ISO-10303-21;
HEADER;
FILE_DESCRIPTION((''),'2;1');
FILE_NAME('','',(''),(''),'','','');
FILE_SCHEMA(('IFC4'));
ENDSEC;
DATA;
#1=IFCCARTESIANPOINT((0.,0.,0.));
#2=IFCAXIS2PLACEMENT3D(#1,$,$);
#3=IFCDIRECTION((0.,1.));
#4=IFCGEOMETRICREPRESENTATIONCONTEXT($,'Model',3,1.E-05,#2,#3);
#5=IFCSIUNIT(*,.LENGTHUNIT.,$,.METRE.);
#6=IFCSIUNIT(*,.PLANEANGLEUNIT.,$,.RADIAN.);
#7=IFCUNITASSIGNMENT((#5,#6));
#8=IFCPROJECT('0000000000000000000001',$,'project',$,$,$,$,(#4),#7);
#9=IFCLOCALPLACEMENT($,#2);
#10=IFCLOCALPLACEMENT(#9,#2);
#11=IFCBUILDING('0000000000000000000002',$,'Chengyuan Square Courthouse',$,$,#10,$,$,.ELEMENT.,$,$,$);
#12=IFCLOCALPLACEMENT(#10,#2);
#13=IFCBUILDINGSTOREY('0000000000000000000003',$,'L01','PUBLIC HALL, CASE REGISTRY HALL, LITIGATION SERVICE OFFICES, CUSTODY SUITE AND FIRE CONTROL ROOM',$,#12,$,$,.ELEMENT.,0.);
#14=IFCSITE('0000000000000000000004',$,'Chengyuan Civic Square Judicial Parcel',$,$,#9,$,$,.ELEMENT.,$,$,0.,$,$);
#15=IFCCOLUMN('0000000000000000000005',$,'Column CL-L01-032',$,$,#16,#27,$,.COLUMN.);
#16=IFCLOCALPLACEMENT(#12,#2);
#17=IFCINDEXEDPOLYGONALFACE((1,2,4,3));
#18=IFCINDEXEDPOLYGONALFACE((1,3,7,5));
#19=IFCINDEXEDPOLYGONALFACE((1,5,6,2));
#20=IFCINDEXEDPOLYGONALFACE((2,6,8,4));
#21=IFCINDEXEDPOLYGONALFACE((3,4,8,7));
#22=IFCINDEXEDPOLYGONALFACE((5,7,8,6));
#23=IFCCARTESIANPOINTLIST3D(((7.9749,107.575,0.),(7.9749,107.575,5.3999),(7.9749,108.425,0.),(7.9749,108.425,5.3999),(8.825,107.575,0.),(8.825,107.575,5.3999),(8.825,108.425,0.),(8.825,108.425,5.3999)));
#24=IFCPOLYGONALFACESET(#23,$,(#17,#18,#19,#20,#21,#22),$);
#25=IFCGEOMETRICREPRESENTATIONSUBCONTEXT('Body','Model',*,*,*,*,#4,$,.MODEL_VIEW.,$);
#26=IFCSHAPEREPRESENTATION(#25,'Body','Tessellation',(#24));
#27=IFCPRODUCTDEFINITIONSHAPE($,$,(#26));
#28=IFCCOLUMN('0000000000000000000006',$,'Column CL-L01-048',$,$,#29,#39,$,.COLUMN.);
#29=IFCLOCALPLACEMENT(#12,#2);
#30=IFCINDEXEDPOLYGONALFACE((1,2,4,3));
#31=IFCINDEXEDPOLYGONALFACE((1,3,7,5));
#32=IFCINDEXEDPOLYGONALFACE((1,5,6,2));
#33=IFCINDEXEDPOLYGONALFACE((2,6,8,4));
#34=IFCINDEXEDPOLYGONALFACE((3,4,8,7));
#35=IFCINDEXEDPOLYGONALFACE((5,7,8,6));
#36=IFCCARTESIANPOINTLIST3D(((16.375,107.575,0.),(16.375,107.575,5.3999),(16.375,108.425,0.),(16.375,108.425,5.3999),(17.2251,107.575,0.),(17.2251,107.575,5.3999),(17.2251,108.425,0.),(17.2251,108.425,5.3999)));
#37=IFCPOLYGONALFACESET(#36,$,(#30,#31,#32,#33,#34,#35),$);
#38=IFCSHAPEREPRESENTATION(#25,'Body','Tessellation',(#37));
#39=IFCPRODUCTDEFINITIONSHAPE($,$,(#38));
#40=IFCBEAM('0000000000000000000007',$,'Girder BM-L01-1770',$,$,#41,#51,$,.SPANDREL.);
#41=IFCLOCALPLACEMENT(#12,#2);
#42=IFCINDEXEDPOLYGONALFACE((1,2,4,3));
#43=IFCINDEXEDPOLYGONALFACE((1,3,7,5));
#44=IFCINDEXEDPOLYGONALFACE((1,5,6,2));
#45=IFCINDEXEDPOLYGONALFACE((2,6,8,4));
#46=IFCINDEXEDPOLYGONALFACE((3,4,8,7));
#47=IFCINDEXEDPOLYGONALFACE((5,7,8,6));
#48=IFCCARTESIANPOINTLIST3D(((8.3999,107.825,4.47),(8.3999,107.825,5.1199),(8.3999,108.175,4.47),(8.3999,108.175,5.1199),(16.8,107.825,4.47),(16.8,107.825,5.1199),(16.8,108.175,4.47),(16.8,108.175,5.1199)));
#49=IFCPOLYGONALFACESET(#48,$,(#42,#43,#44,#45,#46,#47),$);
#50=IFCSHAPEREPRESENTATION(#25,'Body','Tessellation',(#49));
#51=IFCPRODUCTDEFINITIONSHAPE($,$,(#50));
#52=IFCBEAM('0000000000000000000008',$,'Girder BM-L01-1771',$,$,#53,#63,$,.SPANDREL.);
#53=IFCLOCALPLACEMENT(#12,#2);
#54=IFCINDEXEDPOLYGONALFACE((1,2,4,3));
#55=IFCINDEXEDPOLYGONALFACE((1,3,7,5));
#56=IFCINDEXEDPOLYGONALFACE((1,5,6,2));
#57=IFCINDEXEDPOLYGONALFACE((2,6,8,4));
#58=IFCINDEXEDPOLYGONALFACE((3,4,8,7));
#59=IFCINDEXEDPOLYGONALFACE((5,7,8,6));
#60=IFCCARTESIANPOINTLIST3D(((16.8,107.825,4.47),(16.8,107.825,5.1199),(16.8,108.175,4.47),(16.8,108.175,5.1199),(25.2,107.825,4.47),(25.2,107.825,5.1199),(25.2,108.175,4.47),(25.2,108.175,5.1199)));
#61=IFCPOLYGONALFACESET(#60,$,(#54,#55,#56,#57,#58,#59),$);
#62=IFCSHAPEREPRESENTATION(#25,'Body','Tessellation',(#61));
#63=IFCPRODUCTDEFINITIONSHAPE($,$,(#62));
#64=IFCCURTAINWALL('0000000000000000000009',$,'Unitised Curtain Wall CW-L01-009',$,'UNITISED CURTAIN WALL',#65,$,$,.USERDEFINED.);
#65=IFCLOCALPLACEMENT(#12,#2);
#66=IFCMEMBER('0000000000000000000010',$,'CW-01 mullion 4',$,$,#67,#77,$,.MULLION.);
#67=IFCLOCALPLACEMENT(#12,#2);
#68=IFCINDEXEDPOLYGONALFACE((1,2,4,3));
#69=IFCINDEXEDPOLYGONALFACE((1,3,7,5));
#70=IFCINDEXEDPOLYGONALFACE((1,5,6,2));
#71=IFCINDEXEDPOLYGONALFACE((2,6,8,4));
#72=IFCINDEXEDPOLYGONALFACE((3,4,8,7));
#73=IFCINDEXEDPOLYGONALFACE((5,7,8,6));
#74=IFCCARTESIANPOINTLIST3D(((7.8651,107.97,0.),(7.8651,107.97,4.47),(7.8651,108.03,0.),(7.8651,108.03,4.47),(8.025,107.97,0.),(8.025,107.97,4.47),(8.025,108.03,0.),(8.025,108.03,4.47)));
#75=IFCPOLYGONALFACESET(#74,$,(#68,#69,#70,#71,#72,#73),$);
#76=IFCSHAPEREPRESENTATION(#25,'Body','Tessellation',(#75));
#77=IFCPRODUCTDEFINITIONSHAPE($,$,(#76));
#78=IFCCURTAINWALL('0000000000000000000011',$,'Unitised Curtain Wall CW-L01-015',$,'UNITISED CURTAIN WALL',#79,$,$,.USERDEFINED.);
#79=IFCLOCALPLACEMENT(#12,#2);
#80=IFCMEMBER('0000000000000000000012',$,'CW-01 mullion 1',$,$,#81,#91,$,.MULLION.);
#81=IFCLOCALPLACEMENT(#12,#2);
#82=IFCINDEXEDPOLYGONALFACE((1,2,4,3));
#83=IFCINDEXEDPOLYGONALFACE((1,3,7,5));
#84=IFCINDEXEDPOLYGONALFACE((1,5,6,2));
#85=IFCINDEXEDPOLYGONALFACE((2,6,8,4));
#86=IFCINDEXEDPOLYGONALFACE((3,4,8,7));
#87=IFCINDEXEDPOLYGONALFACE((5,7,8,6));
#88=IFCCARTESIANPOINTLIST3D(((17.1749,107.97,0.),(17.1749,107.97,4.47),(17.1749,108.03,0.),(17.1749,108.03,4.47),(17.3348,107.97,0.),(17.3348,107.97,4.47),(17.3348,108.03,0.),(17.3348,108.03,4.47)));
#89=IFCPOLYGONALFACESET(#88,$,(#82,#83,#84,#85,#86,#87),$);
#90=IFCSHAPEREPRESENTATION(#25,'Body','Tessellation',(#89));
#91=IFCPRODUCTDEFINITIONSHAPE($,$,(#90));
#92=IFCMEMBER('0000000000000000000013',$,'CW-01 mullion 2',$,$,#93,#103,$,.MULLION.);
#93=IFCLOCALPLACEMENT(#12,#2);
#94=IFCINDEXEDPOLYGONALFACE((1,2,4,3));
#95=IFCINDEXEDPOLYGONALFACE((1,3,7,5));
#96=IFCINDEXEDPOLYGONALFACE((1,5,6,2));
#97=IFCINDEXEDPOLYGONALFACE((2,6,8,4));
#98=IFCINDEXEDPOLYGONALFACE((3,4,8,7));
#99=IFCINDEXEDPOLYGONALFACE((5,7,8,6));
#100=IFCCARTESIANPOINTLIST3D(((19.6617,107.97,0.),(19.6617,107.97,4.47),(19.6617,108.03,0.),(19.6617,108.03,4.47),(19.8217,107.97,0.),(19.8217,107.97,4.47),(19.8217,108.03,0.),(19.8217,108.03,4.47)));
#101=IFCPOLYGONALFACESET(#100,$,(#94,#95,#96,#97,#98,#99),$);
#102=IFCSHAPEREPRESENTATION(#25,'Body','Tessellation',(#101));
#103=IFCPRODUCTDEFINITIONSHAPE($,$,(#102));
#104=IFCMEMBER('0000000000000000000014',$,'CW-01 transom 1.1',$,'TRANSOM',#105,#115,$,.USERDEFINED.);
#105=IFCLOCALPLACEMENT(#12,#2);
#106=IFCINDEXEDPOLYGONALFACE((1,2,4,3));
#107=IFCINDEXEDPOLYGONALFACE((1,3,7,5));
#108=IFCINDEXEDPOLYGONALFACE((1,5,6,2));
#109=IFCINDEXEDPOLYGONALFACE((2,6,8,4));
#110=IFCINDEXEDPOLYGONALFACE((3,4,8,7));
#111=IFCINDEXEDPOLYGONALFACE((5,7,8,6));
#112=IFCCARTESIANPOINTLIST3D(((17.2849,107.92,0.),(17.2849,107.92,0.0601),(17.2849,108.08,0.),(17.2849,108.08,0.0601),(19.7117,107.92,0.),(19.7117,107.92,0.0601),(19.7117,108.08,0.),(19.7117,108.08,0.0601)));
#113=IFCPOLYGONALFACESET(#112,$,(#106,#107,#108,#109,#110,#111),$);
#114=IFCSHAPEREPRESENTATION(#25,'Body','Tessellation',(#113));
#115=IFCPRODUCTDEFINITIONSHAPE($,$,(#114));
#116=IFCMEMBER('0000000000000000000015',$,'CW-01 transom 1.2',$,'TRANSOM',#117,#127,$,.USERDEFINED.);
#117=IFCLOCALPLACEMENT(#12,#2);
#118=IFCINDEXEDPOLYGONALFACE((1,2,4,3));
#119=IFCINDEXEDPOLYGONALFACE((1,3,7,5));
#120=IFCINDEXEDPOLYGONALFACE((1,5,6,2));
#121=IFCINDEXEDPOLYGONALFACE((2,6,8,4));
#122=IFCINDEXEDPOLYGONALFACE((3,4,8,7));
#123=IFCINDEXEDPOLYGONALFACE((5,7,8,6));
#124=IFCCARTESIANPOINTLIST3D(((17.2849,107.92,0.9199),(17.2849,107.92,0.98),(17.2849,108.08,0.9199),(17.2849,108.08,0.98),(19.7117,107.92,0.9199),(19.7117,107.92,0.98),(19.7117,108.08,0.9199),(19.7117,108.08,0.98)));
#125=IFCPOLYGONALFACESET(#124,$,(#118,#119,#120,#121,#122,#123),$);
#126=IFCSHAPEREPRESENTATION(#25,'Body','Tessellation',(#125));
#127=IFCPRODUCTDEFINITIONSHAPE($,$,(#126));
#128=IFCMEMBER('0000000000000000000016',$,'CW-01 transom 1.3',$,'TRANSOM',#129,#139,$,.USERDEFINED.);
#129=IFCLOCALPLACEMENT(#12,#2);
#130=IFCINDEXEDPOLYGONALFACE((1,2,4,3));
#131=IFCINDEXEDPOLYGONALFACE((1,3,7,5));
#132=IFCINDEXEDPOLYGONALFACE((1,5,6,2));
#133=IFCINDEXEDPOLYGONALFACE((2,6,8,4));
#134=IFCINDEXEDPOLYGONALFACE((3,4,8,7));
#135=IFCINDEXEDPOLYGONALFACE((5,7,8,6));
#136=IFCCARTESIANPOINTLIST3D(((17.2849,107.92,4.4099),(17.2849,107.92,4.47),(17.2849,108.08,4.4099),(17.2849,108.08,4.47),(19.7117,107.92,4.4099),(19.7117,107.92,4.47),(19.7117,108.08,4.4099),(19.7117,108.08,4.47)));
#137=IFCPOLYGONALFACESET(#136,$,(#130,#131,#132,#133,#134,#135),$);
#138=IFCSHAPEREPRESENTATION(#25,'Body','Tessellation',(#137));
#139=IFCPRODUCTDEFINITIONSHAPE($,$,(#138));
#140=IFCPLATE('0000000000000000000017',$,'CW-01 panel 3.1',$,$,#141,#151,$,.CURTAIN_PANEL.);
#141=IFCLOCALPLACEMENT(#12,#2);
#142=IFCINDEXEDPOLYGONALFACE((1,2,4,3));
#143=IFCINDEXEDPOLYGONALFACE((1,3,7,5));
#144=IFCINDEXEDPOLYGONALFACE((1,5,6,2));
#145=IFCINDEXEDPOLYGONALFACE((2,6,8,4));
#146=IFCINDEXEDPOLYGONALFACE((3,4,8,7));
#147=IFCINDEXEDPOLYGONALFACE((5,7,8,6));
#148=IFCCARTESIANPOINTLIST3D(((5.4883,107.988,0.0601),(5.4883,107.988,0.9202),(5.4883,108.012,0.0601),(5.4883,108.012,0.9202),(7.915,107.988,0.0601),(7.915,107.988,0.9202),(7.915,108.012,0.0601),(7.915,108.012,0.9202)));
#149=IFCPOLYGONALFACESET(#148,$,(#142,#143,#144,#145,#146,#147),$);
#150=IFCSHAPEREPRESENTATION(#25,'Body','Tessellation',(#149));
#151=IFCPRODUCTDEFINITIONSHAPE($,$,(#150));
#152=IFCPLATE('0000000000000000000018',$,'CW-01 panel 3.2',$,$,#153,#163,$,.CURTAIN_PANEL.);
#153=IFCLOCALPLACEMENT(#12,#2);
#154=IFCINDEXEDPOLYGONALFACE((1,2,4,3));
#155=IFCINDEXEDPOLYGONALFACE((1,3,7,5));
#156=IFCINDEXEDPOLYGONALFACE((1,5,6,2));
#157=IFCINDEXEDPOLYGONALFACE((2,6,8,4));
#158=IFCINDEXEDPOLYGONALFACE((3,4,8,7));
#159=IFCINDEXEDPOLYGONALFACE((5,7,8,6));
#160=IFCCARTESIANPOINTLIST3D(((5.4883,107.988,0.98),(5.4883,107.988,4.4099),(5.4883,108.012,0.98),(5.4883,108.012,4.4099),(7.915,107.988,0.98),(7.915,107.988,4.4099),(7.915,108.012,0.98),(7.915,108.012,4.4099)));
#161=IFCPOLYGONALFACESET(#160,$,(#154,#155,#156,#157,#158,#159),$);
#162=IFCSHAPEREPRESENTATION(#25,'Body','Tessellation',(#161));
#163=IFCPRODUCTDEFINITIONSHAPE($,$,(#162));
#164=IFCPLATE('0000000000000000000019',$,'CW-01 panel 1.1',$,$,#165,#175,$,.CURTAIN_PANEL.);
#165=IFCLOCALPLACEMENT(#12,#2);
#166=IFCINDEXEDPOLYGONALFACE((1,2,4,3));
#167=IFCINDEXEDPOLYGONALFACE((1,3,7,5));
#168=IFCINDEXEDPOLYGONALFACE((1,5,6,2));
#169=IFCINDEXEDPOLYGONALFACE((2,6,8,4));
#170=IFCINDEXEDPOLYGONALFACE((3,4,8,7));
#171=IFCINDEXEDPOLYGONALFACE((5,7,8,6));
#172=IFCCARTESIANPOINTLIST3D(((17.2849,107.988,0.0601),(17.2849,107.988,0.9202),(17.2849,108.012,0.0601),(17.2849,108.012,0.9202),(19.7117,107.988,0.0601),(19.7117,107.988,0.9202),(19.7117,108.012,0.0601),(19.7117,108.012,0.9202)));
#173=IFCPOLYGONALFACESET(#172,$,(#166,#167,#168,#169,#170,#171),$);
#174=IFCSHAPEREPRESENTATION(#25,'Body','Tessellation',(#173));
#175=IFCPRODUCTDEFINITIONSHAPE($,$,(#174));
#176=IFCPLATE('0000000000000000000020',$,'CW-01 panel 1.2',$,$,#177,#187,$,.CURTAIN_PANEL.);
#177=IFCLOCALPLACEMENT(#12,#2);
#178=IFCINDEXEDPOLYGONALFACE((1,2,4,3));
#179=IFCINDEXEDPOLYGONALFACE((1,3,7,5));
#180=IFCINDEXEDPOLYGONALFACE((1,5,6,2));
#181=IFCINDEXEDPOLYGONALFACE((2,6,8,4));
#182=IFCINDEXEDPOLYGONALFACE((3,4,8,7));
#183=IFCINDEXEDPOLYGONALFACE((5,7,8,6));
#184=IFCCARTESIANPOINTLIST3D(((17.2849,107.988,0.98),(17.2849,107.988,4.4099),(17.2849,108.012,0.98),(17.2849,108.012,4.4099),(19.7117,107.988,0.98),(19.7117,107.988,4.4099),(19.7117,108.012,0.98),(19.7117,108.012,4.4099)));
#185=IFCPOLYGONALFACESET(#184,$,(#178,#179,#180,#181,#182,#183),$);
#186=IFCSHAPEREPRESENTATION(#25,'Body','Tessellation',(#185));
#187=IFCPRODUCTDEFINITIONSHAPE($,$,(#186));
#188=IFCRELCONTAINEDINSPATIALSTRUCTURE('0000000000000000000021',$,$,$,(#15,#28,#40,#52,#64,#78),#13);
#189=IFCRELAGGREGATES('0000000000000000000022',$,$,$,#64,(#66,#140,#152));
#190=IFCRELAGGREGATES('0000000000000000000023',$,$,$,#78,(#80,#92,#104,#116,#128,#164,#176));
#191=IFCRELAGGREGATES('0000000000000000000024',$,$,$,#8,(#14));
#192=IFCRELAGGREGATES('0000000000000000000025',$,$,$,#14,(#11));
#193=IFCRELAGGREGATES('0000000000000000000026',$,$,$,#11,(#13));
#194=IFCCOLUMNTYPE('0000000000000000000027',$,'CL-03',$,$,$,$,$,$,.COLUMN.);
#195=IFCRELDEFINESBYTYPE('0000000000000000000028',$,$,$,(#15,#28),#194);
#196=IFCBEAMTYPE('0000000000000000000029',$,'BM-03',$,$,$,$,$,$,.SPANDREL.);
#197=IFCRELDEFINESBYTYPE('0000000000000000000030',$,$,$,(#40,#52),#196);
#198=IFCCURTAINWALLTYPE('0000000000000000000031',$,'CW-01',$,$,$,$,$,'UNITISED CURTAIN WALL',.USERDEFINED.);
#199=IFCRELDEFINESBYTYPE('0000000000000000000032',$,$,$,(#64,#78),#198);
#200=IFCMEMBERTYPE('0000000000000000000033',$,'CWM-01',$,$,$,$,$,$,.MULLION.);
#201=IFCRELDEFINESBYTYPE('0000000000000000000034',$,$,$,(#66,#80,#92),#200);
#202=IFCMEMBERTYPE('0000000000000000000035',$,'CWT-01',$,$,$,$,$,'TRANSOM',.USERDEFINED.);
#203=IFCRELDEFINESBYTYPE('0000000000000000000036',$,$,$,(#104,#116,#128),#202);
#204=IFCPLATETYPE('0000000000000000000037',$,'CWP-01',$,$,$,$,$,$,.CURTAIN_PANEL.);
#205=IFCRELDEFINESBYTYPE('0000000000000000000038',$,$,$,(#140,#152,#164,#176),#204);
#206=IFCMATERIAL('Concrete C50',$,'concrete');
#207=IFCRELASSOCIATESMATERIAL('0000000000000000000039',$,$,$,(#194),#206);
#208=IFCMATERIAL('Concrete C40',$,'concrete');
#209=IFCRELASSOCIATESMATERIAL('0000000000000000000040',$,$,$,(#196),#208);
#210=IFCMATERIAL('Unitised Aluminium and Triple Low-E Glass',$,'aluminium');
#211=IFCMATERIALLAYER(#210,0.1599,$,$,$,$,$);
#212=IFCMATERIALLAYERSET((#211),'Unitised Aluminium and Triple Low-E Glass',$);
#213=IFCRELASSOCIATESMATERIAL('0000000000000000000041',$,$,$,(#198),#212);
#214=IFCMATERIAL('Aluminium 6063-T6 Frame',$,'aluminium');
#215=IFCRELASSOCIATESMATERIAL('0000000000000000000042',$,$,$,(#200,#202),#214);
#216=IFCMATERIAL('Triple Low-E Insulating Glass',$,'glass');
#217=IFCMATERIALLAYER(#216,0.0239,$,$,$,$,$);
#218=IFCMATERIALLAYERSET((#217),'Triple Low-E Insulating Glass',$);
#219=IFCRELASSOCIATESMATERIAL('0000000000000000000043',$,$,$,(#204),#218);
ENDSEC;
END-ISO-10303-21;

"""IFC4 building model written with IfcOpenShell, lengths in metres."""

from ifc_helpers import new_model, si_unit, direction, frame, origin, origin_2d, place, context, subcontext, project, spatial, rectangle, extrude, material, layer, layer_set, material_profile, profile_set, type_object, element, aggregate, save


model = new_model("IFC4")

# Units and contexts
model_context = context("Model", 3, precision=1e-05, world=origin(), true_north=direction((0.0, 1.0)))
body_context = subcontext(model_context, "Body", "Model", "MODEL_VIEW")
ifc_project = project(units=[si_unit("LENGTHUNIT", "METRE"), si_unit("PLANEANGLEUNIT", "RADIAN")], contexts=[model_context])

# Site, building, storey
site_placement = place(None, origin())
site = spatial("IfcSite", under=ifc_project, at=site_placement, Name="Chengyuan Civic Square Judicial Parcel", CompositionType="ELEMENT", RefElevation=0.0)
building_placement = place(site_placement, origin())
building = spatial("IfcBuilding", under=site, at=building_placement, Name="Chengyuan Square Courthouse", CompositionType="ELEMENT")
storey_placement = place(building_placement, origin())
storey = spatial("IfcBuildingStorey", under=building, at=storey_placement, Name="L01", Description="PUBLIC HALL, CASE REGISTRY HALL, LITIGATION SERVICE OFFICES, CUSTODY SUITE AND FIRE CONTROL ROOM", CompositionType="ELEMENT", Elevation=0.0)

# Columns
ifc_material_1 = material(Name="Concrete C50", Category="concrete")
ifc_material_profile_1 = material_profile(ifc_material_1, rectangle(XDim=0.8501, YDim=0.8501, at=origin_2d()), Name="RC-COL-850x850")
ifc_profile_set_1 = profile_set([ifc_material_profile_1], Name="Concrete C50")
column_type = type_object("IfcColumnType", Name="CL-03", PredefinedType="COLUMN", material=ifc_profile_set_1)
for number, where, z_axis, x_axis, name in (
    (1, (8.3999, 108.0, 0.0), (0.0, 0.0, 1.0), (1.0, 0.0, 0.0), "Column CL-L01-032"),
    (2, (16.8, 108.0, 0.0), (0.0, 0.0, 1.0), (1.0, 0.0, 0.0), "Column CL-L01-048"),
):
    element("IfcColumn", number, at=place(storey_placement, frame(where, z_axis=z_axis, x_axis=x_axis)), inside=storey, type_object=column_type, Name=name, PredefinedType="COLUMN", context=body_context, shape_type="SweptSolid", body=[
        extrude(rectangle(XDim=0.8501, YDim=0.8501, at=origin_2d()), origin(), (0.0, 0.0, 1.0), 5.3999),
    ])

# Beams
ifc_material_2 = material(Name="Concrete C40", Category="concrete")
ifc_material_profile_2 = material_profile(ifc_material_2, rectangle(XDim=0.3501, YDim=0.6499, at=origin_2d()), Name="RC-BM-350x650")
ifc_profile_set_2 = profile_set([ifc_material_profile_2], Name="Concrete C40")
beam_type = type_object("IfcBeamType", Name="BM-03", PredefinedType="SPANDREL", material=ifc_profile_set_2)
beam_1_placement = place(storey_placement, frame((8.3999, 108.0, 4.7949), z_axis=(1.0, 0.0, 0.0), x_axis=(0.0, 1.0, 0.0)))
element("IfcBeam", 3, at=beam_1_placement, inside=storey, type_object=beam_type, Name="Girder BM-L01-1770", PredefinedType="SPANDREL", context=body_context, shape_type="SweptSolid", body=[
    extrude(rectangle(XDim=0.3501, YDim=0.6499, at=origin_2d()), origin(), (0.0, 0.0, 1.0), 8.4001),
])
beam_2_placement = place(storey_placement, frame((16.8, 108.0, 4.7949), z_axis=(1.0, 0.0, 0.0), x_axis=(0.0, 1.0, 0.0)))
element("IfcBeam", 4, at=beam_2_placement, inside=storey, type_object=beam_type, Name="Girder BM-L01-1771", PredefinedType="SPANDREL", context=body_context, shape_type="SweptSolid", body=[
    extrude(rectangle(XDim=0.3501, YDim=0.6499, at=origin_2d()), origin(), (0.0, 0.0, 1.0), 8.3999),
])

# Curtain wall, member
ifc_material_3 = material(Name="Unitised Aluminium and Triple Low-E Glass", Category="aluminium")
ifc_layer_1 = layer(ifc_material_3, 0.1599)
ifc_layer_set_1 = layer_set([ifc_layer_1], Name="Unitised Aluminium and Triple Low-E Glass")
curtain_wall_type = type_object("IfcCurtainWallType", Name="CW-01", ElementType="UNITISED CURTAIN WALL", PredefinedType="USERDEFINED", material=ifc_layer_set_1)
curtain_wall_1_placement = place(storey_placement, origin())
curtain_wall_1 = element("IfcCurtainWall", 5, at=curtain_wall_1_placement, inside=storey, type_object=curtain_wall_type, Name="Unitised Curtain Wall CW-L01-009", ObjectType="UNITISED CURTAIN WALL", PredefinedType="USERDEFINED")
ifc_material_4 = material(Name="Aluminium 6063-T6 Frame", Category="aluminium")
ifc_material_profile_3 = material_profile(ifc_material_4, rectangle(XDim=0.0601, YDim=0.1599, at=origin_2d()), Name="CW-MUL-60x160")
ifc_profile_set_3 = profile_set([ifc_material_profile_3], Name="Aluminium 6063-T6 Frame")
member_type_1 = type_object("IfcMemberType", Name="CWM-01", PredefinedType="MULLION", material=ifc_profile_set_3)
member_1_placement = place(storey_placement, frame((7.9451, 108.0, 0.0), z_axis=(0.0, 0.0, 1.0), x_axis=(0.0, 1.0, 0.0)))
member_1 = element("IfcMember", 6, at=member_1_placement, type_object=member_type_1, Name="CW-01 mullion 4", PredefinedType="MULLION", context=body_context, shape_type="SweptSolid", body=[
    extrude(rectangle(XDim=0.0601, YDim=0.1599, at=origin_2d()), origin(), (0.0, 0.0, 1.0), 4.47),
])

# Curtain wall, members
curtain_wall_2_placement = place(storey_placement, origin())
curtain_wall_2 = element("IfcCurtainWall", 7, at=curtain_wall_2_placement, inside=storey, type_object=curtain_wall_type, Name="Unitised Curtain Wall CW-L01-015", ObjectType="UNITISED CURTAIN WALL", PredefinedType="USERDEFINED")
member_2_placement = place(storey_placement, frame((17.2549, 108.0, 0.0), z_axis=(0.0, 0.0, 1.0), x_axis=(0.0, 1.0, 0.0)))
member_2 = element("IfcMember", 8, at=member_2_placement, type_object=member_type_1, Name="CW-01 mullion 1", PredefinedType="MULLION", context=body_context, shape_type="SweptSolid", body=[
    extrude(rectangle(XDim=0.0601, YDim=0.1599, at=origin_2d()), origin(), (0.0, 0.0, 1.0), 4.47),
])
member_3_placement = place(storey_placement, frame((19.7417, 108.0, 0.0), z_axis=(0.0, 0.0, 1.0), x_axis=(0.0, 1.0, 0.0)))
member_3 = element("IfcMember", 9, at=member_3_placement, type_object=member_type_1, Name="CW-01 mullion 2", PredefinedType="MULLION", context=body_context, shape_type="SweptSolid", body=[
    extrude(rectangle(XDim=0.0601, YDim=0.1599, at=origin_2d()), origin(), (0.0, 0.0, 1.0), 4.47),
])
ifc_material_profile_4 = material_profile(ifc_material_4, rectangle(XDim=0.1599, YDim=0.0601, at=origin_2d()), Name="CW-TRN-60x120")
ifc_profile_set_4 = profile_set([ifc_material_profile_4], Name="Aluminium 6063-T6 Frame")
member_type_2 = type_object("IfcMemberType", Name="CWT-01", ElementType="TRANSOM", PredefinedType="USERDEFINED", material=ifc_profile_set_4)
member_4_placement = place(storey_placement, frame((17.2849, 108.0, 0.03), z_axis=(1.0, 0.0, 0.0), x_axis=(0.0, 1.0, 0.0)))
member_4 = element("IfcMember", 10, at=member_4_placement, type_object=member_type_2, Name="CW-01 transom 1.1", ObjectType="TRANSOM", PredefinedType="USERDEFINED", context=body_context, shape_type="SweptSolid", body=[
    extrude(rectangle(XDim=0.1599, YDim=0.0601, at=origin_2d()), origin(), (0.0, 0.0, 1.0), 2.4268),
])
member_5_placement = place(storey_placement, frame((17.2849, 108.0, 0.95), z_axis=(1.0, 0.0, 0.0), x_axis=(0.0, 1.0, 0.0)))
member_5 = element("IfcMember", 11, at=member_5_placement, type_object=member_type_2, Name="CW-01 transom 1.2", ObjectType="TRANSOM", PredefinedType="USERDEFINED", context=body_context, shape_type="SweptSolid", body=[
    extrude(rectangle(XDim=0.1599, YDim=0.0601, at=origin_2d()), origin(), (0.0, 0.0, 1.0), 2.4268),
])
member_6_placement = place(storey_placement, frame((17.2849, 108.0, 4.4399), z_axis=(1.0, 0.0, 0.0), x_axis=(0.0, 1.0, 0.0)))
member_6 = element("IfcMember", 12, at=member_6_placement, type_object=member_type_2, Name="CW-01 transom 1.3", ObjectType="TRANSOM", PredefinedType="USERDEFINED", context=body_context, shape_type="SweptSolid", body=[
    extrude(rectangle(XDim=0.1599, YDim=0.0601, at=origin_2d()), origin(), (0.0, 0.0, 1.0), 2.4268),
])

# Plates
ifc_material_5 = material(Name="Triple Low-E Insulating Glass", Category="glass")
ifc_layer_2 = layer(ifc_material_5, 0.0239)
ifc_layer_set_2 = layer_set([ifc_layer_2], Name="Triple Low-E Insulating Glass")
plate_type = type_object("IfcPlateType", Name="CWP-01", PredefinedType="CURTAIN_PANEL", material=ifc_layer_set_2)
plate_1_placement = place(storey_placement, frame((6.7017, 108.0, 0.0601), z_axis=(0.0, 0.0, 1.0), x_axis=(1.0, 0.0, 0.0)))
plate_1 = element("IfcPlate", 13, at=plate_1_placement, type_object=plate_type, Name="CW-01 panel 3.1", PredefinedType="CURTAIN_PANEL", context=body_context, shape_type="SweptSolid", body=[
    extrude(rectangle(XDim=2.4268, YDim=0.0239, at=origin_2d()), origin(), (0.0, 0.0, 1.0), 0.8601),
])
plate_2_placement = place(storey_placement, frame((6.7017, 108.0, 0.98), z_axis=(0.0, 0.0, 1.0), x_axis=(1.0, 0.0, 0.0)))
plate_2 = element("IfcPlate", 14, at=plate_2_placement, type_object=plate_type, Name="CW-01 panel 3.2", PredefinedType="CURTAIN_PANEL", context=body_context, shape_type="SweptSolid", body=[
    extrude(rectangle(XDim=2.4268, YDim=0.0239, at=origin_2d()), origin(), (0.0, 0.0, 1.0), 3.4299),
])
aggregate(curtain_wall_1, [member_1, plate_1, plate_2])
plate_3_placement = place(storey_placement, frame((18.4983, 108.0, 0.0601), z_axis=(0.0, 0.0, 1.0), x_axis=(1.0, 0.0, 0.0)))
plate_3 = element("IfcPlate", 15, at=plate_3_placement, type_object=plate_type, Name="CW-01 panel 1.1", PredefinedType="CURTAIN_PANEL", context=body_context, shape_type="SweptSolid", body=[
    extrude(rectangle(XDim=2.4268, YDim=0.0239, at=origin_2d()), origin(), (0.0, 0.0, 1.0), 0.8601),
])
plate_4_placement = place(storey_placement, frame((18.4983, 108.0, 0.98), z_axis=(0.0, 0.0, 1.0), x_axis=(1.0, 0.0, 0.0)))
plate_4 = element("IfcPlate", 16, at=plate_4_placement, type_object=plate_type, Name="CW-01 panel 1.2", PredefinedType="CURTAIN_PANEL", context=body_context, shape_type="SweptSolid", body=[
    extrude(rectangle(XDim=2.4268, YDim=0.0239, at=origin_2d()), origin(), (0.0, 0.0, 1.0), 3.4299),
])
aggregate(curtain_wall_2, [member_2, member_3, member_4, member_5, member_6, plate_3, plate_4])

save(model, "model.ifc")
